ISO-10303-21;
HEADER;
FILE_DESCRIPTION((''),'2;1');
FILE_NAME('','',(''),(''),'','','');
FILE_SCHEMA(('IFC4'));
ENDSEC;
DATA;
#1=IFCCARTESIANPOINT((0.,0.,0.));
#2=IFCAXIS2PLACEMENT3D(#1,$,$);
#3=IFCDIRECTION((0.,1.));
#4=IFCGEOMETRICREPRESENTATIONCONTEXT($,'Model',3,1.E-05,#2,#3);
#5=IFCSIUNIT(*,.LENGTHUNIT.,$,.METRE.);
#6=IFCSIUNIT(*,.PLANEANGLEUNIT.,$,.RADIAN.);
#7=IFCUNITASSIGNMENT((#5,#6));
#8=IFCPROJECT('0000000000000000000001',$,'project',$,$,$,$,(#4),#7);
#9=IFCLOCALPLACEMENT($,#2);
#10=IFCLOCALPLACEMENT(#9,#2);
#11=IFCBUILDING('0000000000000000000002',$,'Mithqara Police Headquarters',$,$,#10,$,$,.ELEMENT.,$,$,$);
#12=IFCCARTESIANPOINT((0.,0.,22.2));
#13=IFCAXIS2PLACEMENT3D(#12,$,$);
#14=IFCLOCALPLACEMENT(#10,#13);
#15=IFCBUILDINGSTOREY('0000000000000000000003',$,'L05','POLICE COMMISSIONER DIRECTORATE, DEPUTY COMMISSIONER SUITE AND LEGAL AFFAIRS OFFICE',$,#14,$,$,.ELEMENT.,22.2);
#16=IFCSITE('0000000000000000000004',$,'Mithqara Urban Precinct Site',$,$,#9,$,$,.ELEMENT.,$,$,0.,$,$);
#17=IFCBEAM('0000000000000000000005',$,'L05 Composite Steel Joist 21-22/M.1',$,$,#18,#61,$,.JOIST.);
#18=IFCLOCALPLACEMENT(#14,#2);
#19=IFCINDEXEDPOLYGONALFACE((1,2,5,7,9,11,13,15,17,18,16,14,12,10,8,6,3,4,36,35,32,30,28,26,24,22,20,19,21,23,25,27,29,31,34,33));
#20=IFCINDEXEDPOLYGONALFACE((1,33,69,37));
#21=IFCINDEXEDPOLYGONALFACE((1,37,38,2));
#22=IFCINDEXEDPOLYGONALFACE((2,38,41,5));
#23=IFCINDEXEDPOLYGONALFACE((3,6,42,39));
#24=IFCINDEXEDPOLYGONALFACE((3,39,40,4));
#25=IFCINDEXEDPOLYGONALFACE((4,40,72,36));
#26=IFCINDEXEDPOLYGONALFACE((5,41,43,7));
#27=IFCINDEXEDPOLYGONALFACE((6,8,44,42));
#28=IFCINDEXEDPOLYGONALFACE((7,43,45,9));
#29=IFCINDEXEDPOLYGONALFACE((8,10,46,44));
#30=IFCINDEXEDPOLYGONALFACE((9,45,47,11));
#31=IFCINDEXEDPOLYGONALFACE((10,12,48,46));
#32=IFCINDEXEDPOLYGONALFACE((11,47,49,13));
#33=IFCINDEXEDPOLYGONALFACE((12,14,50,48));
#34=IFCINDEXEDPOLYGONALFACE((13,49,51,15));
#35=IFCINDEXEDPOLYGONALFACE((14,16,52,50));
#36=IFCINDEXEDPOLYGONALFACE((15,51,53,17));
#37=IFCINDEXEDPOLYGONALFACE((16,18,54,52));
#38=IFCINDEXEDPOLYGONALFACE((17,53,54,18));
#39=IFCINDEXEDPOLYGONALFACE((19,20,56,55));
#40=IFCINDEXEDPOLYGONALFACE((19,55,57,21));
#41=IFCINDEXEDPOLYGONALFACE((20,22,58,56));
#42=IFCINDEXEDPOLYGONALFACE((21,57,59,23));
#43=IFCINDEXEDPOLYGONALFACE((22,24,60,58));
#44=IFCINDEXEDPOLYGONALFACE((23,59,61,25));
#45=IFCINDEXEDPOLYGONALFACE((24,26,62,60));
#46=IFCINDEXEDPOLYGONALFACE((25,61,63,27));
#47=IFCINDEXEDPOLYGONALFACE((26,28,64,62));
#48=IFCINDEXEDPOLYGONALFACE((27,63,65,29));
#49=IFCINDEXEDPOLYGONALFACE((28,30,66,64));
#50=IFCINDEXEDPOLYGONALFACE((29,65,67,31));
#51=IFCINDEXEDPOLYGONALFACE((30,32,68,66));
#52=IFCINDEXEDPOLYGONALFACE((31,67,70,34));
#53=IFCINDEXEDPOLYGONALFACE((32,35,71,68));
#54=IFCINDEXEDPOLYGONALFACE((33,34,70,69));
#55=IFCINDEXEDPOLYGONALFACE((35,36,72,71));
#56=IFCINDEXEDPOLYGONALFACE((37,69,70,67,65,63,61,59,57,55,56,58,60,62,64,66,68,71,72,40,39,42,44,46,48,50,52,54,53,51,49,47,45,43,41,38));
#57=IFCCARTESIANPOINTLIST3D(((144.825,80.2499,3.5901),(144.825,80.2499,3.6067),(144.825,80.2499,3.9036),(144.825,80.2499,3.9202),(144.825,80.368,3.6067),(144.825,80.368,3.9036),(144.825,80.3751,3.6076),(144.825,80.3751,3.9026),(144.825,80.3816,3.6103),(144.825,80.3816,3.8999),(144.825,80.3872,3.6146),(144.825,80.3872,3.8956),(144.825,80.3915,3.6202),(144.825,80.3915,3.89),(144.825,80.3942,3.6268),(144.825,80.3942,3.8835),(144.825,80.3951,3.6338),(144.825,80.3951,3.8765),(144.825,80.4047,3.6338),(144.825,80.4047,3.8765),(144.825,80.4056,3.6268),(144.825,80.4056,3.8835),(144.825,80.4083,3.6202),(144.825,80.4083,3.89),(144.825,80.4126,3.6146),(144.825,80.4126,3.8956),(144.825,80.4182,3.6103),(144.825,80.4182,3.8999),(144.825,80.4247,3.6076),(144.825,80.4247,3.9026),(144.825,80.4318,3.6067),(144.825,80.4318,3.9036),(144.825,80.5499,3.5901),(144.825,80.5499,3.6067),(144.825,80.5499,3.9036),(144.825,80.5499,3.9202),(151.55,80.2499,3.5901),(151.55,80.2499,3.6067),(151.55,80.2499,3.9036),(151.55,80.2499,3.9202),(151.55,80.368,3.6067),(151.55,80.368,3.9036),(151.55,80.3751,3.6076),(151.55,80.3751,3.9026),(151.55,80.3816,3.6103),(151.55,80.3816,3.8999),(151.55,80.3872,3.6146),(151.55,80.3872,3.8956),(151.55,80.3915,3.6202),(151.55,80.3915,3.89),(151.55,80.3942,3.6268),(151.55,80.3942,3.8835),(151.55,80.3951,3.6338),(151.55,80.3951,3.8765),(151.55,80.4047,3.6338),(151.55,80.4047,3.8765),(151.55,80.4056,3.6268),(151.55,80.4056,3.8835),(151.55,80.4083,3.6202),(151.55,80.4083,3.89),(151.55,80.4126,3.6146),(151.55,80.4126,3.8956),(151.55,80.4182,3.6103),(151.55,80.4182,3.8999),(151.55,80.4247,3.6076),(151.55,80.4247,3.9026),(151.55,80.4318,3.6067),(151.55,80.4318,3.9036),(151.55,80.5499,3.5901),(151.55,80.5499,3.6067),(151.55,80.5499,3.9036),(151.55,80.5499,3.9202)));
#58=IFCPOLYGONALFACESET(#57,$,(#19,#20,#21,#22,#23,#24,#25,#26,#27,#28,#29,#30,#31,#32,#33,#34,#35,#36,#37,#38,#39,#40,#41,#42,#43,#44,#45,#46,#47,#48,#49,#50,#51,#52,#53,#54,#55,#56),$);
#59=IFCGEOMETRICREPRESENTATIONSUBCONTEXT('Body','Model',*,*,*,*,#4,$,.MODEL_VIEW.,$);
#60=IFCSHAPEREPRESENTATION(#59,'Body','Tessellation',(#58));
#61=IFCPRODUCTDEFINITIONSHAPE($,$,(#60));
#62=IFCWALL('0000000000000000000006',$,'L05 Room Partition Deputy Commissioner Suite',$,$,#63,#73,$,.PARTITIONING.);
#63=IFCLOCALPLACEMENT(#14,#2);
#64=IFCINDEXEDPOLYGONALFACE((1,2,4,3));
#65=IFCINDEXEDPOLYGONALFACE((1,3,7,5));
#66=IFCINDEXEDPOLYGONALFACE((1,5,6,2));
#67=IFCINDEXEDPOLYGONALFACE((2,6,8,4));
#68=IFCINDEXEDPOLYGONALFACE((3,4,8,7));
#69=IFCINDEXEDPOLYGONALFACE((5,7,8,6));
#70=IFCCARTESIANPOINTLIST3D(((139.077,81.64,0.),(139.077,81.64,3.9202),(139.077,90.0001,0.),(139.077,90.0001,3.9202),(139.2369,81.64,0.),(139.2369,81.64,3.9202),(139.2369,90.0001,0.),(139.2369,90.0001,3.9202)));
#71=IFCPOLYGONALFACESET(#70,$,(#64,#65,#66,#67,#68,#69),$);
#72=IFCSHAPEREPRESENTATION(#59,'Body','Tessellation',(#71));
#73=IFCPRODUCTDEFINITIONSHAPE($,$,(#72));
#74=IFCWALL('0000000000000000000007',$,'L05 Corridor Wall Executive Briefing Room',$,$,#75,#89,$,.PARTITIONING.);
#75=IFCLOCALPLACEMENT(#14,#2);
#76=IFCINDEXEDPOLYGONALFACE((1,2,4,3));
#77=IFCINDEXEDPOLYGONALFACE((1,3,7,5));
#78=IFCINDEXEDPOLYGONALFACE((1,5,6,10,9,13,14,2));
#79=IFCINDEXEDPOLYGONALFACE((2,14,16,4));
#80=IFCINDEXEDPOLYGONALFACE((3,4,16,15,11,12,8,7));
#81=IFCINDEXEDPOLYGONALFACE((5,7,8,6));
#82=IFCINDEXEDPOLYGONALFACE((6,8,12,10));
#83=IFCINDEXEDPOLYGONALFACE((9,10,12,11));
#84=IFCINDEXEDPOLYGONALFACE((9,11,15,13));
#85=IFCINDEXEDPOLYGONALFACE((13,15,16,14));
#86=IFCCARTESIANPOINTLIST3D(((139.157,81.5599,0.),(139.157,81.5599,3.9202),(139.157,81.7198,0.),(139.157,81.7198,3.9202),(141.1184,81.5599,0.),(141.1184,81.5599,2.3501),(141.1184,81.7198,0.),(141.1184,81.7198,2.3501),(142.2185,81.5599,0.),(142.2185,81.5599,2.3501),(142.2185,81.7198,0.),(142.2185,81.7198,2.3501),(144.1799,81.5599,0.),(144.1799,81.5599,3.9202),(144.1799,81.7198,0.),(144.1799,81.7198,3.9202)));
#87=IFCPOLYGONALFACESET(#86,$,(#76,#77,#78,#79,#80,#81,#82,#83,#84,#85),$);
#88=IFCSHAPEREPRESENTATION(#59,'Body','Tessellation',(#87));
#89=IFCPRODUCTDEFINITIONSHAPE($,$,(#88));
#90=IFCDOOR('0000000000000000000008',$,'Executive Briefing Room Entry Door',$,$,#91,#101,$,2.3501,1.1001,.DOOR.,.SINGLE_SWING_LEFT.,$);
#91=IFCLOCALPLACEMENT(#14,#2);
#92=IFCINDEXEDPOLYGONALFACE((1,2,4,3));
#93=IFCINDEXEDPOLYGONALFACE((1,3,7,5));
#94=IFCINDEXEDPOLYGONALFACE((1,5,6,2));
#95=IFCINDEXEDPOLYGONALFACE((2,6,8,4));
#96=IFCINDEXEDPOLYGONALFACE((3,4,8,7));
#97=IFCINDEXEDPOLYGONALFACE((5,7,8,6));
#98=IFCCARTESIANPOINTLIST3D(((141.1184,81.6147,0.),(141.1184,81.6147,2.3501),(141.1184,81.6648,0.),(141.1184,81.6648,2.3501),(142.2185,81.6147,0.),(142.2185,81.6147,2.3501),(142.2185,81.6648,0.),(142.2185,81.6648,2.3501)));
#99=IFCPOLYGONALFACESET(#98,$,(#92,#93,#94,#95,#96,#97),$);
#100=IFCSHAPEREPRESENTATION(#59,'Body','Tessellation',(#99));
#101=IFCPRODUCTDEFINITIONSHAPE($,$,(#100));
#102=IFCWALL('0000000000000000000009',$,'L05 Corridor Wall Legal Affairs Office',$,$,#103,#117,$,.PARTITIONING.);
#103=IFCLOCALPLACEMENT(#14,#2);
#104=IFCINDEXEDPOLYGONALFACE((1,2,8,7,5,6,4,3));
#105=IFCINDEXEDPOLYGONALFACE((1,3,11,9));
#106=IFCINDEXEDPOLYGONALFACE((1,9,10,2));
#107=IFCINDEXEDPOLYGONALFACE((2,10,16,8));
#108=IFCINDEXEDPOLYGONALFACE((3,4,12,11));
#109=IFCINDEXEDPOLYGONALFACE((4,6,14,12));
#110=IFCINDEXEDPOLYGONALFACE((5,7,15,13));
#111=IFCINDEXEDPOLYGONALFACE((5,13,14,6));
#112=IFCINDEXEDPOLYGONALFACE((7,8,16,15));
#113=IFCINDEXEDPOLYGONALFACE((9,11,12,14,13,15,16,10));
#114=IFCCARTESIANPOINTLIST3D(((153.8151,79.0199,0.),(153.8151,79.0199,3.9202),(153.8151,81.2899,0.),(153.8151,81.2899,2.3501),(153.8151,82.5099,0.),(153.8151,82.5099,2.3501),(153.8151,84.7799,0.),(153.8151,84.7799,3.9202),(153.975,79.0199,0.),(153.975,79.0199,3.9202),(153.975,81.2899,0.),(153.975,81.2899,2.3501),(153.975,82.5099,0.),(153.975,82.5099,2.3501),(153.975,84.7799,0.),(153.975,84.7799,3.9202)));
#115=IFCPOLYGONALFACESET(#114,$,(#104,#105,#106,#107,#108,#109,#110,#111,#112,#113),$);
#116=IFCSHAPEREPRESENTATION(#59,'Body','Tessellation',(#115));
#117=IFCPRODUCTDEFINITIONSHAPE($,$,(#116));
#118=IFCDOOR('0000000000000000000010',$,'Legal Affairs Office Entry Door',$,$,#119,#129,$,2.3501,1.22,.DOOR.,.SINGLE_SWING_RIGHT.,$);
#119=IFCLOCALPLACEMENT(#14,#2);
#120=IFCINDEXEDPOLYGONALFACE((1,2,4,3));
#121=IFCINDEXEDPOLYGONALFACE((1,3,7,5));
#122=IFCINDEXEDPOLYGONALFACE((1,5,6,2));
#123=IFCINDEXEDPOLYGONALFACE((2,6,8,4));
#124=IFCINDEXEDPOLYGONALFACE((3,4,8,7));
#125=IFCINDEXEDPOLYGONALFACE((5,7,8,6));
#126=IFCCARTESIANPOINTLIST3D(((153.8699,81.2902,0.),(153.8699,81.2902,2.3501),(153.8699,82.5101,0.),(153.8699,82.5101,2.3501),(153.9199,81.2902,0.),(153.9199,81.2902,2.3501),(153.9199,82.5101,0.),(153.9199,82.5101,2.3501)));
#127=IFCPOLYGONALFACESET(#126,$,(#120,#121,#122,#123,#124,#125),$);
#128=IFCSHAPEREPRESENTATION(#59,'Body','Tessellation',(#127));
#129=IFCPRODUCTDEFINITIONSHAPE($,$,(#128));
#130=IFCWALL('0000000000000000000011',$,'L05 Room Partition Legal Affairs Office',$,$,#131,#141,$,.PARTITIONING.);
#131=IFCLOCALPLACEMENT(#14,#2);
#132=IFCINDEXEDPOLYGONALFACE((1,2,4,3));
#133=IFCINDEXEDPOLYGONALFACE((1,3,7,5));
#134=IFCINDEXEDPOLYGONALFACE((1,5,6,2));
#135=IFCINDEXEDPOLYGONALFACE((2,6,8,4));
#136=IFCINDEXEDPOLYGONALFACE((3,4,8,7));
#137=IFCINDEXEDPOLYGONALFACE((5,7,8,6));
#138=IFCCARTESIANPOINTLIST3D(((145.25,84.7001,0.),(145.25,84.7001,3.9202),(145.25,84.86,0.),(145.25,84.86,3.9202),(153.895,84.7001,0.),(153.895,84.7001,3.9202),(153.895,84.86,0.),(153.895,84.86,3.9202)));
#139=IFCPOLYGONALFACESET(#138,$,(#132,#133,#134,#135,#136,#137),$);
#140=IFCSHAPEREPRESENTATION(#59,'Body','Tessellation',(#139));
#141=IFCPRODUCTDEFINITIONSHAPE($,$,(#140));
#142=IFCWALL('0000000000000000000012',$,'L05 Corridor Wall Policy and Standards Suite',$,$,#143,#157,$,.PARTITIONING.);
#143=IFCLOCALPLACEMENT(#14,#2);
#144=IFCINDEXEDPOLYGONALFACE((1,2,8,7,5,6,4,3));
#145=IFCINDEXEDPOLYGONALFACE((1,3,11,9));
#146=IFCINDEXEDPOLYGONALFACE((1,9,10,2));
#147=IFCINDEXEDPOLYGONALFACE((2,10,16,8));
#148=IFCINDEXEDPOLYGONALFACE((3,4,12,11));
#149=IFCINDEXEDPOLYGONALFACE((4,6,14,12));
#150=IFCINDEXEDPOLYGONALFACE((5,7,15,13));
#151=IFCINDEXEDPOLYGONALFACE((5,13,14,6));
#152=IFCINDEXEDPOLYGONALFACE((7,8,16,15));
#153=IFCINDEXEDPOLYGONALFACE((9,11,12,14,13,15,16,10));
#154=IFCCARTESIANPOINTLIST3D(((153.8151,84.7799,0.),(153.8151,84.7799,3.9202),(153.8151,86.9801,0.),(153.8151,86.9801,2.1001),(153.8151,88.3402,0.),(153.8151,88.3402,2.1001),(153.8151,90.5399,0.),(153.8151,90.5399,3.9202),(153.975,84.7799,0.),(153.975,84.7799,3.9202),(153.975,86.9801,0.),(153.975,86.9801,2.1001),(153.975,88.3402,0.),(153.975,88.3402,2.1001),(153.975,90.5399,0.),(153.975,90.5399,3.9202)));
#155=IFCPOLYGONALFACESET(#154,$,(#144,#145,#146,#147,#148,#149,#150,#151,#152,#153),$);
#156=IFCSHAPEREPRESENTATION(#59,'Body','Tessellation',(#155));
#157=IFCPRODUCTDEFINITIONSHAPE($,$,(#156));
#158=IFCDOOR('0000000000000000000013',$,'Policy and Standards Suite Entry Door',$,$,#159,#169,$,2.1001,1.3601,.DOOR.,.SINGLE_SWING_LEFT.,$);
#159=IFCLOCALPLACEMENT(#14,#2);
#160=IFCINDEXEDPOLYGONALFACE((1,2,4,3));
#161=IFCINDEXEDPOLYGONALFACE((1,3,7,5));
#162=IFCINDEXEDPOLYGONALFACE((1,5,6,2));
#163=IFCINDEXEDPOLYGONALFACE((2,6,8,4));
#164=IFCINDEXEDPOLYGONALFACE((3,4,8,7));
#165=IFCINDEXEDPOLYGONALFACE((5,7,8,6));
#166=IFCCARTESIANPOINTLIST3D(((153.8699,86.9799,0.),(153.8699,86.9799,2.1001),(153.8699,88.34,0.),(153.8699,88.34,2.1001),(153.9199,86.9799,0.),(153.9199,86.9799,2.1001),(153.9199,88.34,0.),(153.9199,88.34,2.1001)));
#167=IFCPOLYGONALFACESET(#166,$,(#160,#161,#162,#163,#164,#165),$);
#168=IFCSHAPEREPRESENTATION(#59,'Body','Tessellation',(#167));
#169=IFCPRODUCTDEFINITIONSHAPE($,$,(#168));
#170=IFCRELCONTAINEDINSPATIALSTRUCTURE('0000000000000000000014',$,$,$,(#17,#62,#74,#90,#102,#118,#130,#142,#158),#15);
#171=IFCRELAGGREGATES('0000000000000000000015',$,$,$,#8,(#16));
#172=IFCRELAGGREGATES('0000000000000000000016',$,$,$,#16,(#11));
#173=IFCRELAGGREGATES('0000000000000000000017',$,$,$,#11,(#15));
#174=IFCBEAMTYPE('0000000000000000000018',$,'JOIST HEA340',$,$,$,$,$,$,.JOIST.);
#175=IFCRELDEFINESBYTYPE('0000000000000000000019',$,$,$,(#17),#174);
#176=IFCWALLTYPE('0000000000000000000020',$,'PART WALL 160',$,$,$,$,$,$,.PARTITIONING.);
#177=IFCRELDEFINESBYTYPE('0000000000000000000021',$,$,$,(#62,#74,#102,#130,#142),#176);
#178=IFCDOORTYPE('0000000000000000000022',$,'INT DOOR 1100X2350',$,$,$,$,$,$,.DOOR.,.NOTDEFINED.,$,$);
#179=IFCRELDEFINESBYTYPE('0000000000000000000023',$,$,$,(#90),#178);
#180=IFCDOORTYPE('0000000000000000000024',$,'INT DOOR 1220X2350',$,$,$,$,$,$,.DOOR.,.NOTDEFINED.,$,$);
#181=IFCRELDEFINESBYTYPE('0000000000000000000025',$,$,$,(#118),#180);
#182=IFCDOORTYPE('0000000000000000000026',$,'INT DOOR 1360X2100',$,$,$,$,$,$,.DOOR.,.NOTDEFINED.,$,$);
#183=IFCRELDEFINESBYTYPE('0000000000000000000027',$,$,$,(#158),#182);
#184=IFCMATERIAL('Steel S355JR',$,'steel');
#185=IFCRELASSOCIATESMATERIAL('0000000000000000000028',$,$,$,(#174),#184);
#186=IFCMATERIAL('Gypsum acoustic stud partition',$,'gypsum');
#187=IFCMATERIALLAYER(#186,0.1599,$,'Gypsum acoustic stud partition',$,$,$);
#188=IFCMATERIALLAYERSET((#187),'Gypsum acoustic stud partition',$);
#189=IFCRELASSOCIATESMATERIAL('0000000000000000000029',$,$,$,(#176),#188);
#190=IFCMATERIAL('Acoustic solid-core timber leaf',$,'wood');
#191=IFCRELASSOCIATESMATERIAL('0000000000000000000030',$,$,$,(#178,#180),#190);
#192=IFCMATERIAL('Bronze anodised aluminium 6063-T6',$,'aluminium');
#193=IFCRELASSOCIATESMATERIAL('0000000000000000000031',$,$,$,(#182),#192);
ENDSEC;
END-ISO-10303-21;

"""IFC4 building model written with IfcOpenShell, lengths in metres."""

from ifc_helpers import new_model, si_unit, direction, frame, frame_2d, origin, origin_2d, place, context, subcontext, project, spatial, rectangle, i_section, extrude, material, layer, layer_set, material_profile, profile_set, type_object, element, fill, save


model = new_model("IFC4")

# Units and contexts
model_context = context("Model", 3, precision=1e-05, world=origin(), true_north=direction((0.0, 1.0)))
body_context = subcontext(model_context, "Body", "Model", "MODEL_VIEW")
ifc_project = project(units=[si_unit("LENGTHUNIT", "METRE"), si_unit("PLANEANGLEUNIT", "RADIAN")], contexts=[model_context])

# Site, building, storey
site_placement = place(None, origin())
site = spatial("IfcSite", under=ifc_project, at=site_placement, Name="Mithqara Urban Precinct Site", CompositionType="ELEMENT", RefElevation=0.0)
building_placement = place(site_placement, origin())
building = spatial("IfcBuilding", under=site, at=building_placement, Name="Mithqara Police Headquarters", CompositionType="ELEMENT")
storey_placement = place(building_placement, frame((0.0, 0.0, 22.2)))
storey = spatial("IfcBuildingStorey", under=building, at=storey_placement, Name="L05", Description="POLICE COMMISSIONER DIRECTORATE, DEPUTY COMMISSIONER SUITE AND LEGAL AFFAIRS OFFICE", CompositionType="ELEMENT", Elevation=22.2)

# Shared definitions
ifc_material_1 = material(Name="Steel S355JR", Category="steel")

# Beam
ifc_material_profile_1 = material_profile(ifc_material_1, i_section(OverallWidth=0.3, OverallDepth=0.3301, WebThickness=0.0095, FlangeThickness=0.0166, FilletRadius=0.0271, at=origin_2d()), Name="HEA 340")
ifc_profile_set_1 = profile_set([ifc_material_profile_1], Name="Steel S355JR")
beam_type_1 = type_object("IfcBeamType", Name="JOIST HEA340", PredefinedType="JOIST", material=ifc_profile_set_1)
beam_1_placement = place(storey_placement, frame((144.825, 80.3999, 3.7551), z_axis=(1.0, 0.0, 0.0), x_axis=(0.0, 1.0, 0.0)))
element("IfcBeam", 1, at=beam_1_placement, inside=storey, type_object=beam_type_1, Name="L05 Composite Steel Joist 21-22/M.1", PredefinedType="JOIST", context=body_context, shape_type="SweptSolid", body=[
    extrude(i_section(OverallWidth=0.3, OverallDepth=0.3301, WebThickness=0.0095, FlangeThickness=0.0166, FilletRadius=0.0271, at=origin_2d()), origin(), (0.0, 0.0, 1.0), 6.7251),
])

# Wall
ifc_material_2 = material(Name="Gypsum acoustic stud partition", Category="gypsum")
ifc_layer = layer(ifc_material_2, 0.1599, Name="Gypsum acoustic stud partition")
ifc_layer_set = layer_set([ifc_layer], Name="Gypsum acoustic stud partition")
wall_type = type_object("IfcWallType", Name="PART WALL 160", PredefinedType="PARTITIONING", material=ifc_layer_set)
wall_1_placement = place(storey_placement, frame((139.157, 81.6399, 0.0), z_axis=(0.0, 0.0, 1.0), x_axis=(0.0, 1.0, 0.0)))
element("IfcWall", 2, at=wall_1_placement, inside=storey, type_object=wall_type, Name="L05 Room Partition Deputy Commissioner Suite", PredefinedType="PARTITIONING", context=body_context, shape_type="SweptSolid", body=[
    extrude(rectangle(XDim=8.3601, YDim=0.1599, at=frame_2d((4.1802, 0.0))), origin(), (0.0, 0.0, 1.0), 3.9202),
])

# Walls, openings, doors
wall_2_placement = place(storey_placement, frame((139.157, 81.6399, 0.0), z_axis=(0.0, 0.0, 1.0), x_axis=(1.0, 0.0, 0.0)))
wall_2 = element("IfcWall", 3, at=wall_2_placement, inside=storey, type_object=wall_type, Name="L05 Corridor Wall Executive Briefing Room", PredefinedType="PARTITIONING", context=body_context, shape_type="SweptSolid", body=[
    extrude(rectangle(XDim=5.0229, YDim=0.1599, at=frame_2d((2.5115, 0.0))), origin(), (0.0, 0.0, 1.0), 3.9202),
])
opening_1_placement = place(wall_2_placement, frame((1.9614, 0.0, 0.0)))
opening_1 = element("IfcOpeningElement", 4, at=opening_1_placement, cuts=wall_2, PredefinedType="OPENING", context=body_context, shape_type="SweptSolid", body=[
    extrude(rectangle(XDim=1.1001, YDim=2.3501, at=frame_2d((0.55, 1.175))), frame((0.0, 0.0898, 0.0), z_axis=(0.0, -1.0, 0.0), x_axis=(1.0, 0.0, 0.0)), (0.0, 0.0, 1.0), 0.1799),
])
ifc_material_3 = material(Name="Acoustic solid-core timber leaf", Category="wood")
door_type_1 = type_object("IfcDoorType", Name="INT DOOR 1100X2350", OperationType="NOTDEFINED", PredefinedType="DOOR", material=ifc_material_3)
door_1_placement = place(opening_1_placement, origin())
door_1 = element("IfcDoor", 5, at=door_1_placement, inside=storey, type_object=door_type_1, Name="Executive Briefing Room Entry Door", OperationType="SINGLE_SWING_LEFT", OverallHeight=2.3501, OverallWidth=1.1001, PredefinedType="DOOR", context=body_context, shape_type="SweptSolid", body=[
    extrude(rectangle(XDim=1.1001, YDim=2.3501, at=frame_2d((0.55, 1.175))), frame((0.0, 0.0249, 0.0), z_axis=(0.0, -1.0, 0.0), x_axis=(1.0, 0.0, 0.0)), (0.0, 0.0, 1.0), 0.05),
])
fill(opening_1, door_1)
wall_3_placement = place(storey_placement, frame((153.895, 79.02, 0.0), z_axis=(0.0, 0.0, 1.0), x_axis=(0.0, 1.0, 0.0)))
wall_3 = element("IfcWall", 6, at=wall_3_placement, inside=storey, type_object=wall_type, Name="L05 Corridor Wall Legal Affairs Office", PredefinedType="PARTITIONING", context=body_context, shape_type="SweptSolid", body=[
    extrude(rectangle(XDim=5.76, YDim=0.1599, at=frame_2d((2.8799, 0.0))), origin(), (0.0, 0.0, 1.0), 3.9202),
])
opening_2_placement = place(wall_3_placement, frame((2.27, 0.0, 0.0)))
opening_2 = element("IfcOpeningElement", 7, at=opening_2_placement, cuts=wall_3, PredefinedType="OPENING", context=body_context, shape_type="SweptSolid", body=[
    extrude(rectangle(XDim=1.22, YDim=2.3501, at=frame_2d((0.6099, 1.175))), frame((0.0, 0.0898, 0.0), z_axis=(0.0, -1.0, 0.0), x_axis=(1.0, 0.0, 0.0)), (0.0, 0.0, 1.0), 0.1799),
])
door_type_2 = type_object("IfcDoorType", Name="INT DOOR 1220X2350", OperationType="NOTDEFINED", PredefinedType="DOOR", material=ifc_material_3)
door_2_placement = place(opening_2_placement, frame((1.22, 0.0, 0.0), z_axis=(0.0, 0.0, 1.0), x_axis=(-1.0, 0.0, 0.0)))
door_2 = element("IfcDoor", 8, at=door_2_placement, inside=storey, type_object=door_type_2, Name="Legal Affairs Office Entry Door", OperationType="SINGLE_SWING_RIGHT", OverallHeight=2.3501, OverallWidth=1.22, PredefinedType="DOOR", context=body_context, shape_type="SweptSolid", body=[
    extrude(rectangle(XDim=1.22, YDim=2.3501, at=frame_2d((0.6099, 1.175))), frame((0.0, 0.0249, 0.0), z_axis=(0.0, -1.0, 0.0), x_axis=(1.0, 0.0, 0.0)), (0.0, 0.0, 1.0), 0.05),
])
fill(opening_2, door_2)

# Wall
wall_4_placement = place(storey_placement, frame((145.25, 84.78, 0.0), z_axis=(0.0, 0.0, 1.0), x_axis=(1.0, 0.0, 0.0)))
element("IfcWall", 9, at=wall_4_placement, inside=storey, type_object=wall_type, Name="L05 Room Partition Legal Affairs Office", PredefinedType="PARTITIONING", context=body_context, shape_type="SweptSolid", body=[
    extrude(rectangle(XDim=8.645, YDim=0.1599, at=frame_2d((4.3225, 0.0))), origin(), (0.0, 0.0, 1.0), 3.9202),
])

# Wall, opening, door
wall_5_placement = place(storey_placement, frame((153.895, 84.78, 0.0), z_axis=(0.0, 0.0, 1.0), x_axis=(0.0, 1.0, 0.0)))
wall_5 = element("IfcWall", 10, at=wall_5_placement, inside=storey, type_object=wall_type, Name="L05 Corridor Wall Policy and Standards Suite", PredefinedType="PARTITIONING", context=body_context, shape_type="SweptSolid", body=[
    extrude(rectangle(XDim=5.76, YDim=0.1599, at=frame_2d((2.8799, 0.0))), origin(), (0.0, 0.0, 1.0), 3.9202),
])
opening_3_placement = place(wall_5_placement, frame((2.2, 0.0, 0.0)))
opening_3 = element("IfcOpeningElement", 11, at=opening_3_placement, cuts=wall_5, PredefinedType="OPENING", context=body_context, shape_type="SweptSolid", body=[
    extrude(rectangle(XDim=1.3601, YDim=2.1001, at=frame_2d((0.6802, 1.05))), frame((0.0, 0.0898, 0.0), z_axis=(0.0, -1.0, 0.0), x_axis=(1.0, 0.0, 0.0)), (0.0, 0.0, 1.0), 0.1799),
])
ifc_material_4 = material(Name="Bronze anodised aluminium 6063-T6", Category="aluminium")
door_type_3 = type_object("IfcDoorType", Name="INT DOOR 1360X2100", OperationType="NOTDEFINED", PredefinedType="DOOR", material=ifc_material_4)
door_3_placement = place(opening_3_placement, frame((1.3601, 0.0, 0.0), z_axis=(0.0, 0.0, 1.0), x_axis=(-1.0, 0.0, 0.0)))
door_3 = element("IfcDoor", 12, at=door_3_placement, inside=storey, type_object=door_type_3, Name="Policy and Standards Suite Entry Door", OperationType="SINGLE_SWING_LEFT", OverallHeight=2.1001, OverallWidth=1.3601, PredefinedType="DOOR", context=body_context, shape_type="SweptSolid", body=[
    extrude(rectangle(XDim=1.3601, YDim=2.1001, at=frame_2d((0.6802, 1.05))), frame((0.0, 0.0249, 0.0), z_axis=(0.0, -1.0, 0.0), x_axis=(1.0, 0.0, 0.0)), (0.0, 0.0, 1.0), 0.05),
])
fill(opening_3, door_3)

save(model, "model.ifc")
